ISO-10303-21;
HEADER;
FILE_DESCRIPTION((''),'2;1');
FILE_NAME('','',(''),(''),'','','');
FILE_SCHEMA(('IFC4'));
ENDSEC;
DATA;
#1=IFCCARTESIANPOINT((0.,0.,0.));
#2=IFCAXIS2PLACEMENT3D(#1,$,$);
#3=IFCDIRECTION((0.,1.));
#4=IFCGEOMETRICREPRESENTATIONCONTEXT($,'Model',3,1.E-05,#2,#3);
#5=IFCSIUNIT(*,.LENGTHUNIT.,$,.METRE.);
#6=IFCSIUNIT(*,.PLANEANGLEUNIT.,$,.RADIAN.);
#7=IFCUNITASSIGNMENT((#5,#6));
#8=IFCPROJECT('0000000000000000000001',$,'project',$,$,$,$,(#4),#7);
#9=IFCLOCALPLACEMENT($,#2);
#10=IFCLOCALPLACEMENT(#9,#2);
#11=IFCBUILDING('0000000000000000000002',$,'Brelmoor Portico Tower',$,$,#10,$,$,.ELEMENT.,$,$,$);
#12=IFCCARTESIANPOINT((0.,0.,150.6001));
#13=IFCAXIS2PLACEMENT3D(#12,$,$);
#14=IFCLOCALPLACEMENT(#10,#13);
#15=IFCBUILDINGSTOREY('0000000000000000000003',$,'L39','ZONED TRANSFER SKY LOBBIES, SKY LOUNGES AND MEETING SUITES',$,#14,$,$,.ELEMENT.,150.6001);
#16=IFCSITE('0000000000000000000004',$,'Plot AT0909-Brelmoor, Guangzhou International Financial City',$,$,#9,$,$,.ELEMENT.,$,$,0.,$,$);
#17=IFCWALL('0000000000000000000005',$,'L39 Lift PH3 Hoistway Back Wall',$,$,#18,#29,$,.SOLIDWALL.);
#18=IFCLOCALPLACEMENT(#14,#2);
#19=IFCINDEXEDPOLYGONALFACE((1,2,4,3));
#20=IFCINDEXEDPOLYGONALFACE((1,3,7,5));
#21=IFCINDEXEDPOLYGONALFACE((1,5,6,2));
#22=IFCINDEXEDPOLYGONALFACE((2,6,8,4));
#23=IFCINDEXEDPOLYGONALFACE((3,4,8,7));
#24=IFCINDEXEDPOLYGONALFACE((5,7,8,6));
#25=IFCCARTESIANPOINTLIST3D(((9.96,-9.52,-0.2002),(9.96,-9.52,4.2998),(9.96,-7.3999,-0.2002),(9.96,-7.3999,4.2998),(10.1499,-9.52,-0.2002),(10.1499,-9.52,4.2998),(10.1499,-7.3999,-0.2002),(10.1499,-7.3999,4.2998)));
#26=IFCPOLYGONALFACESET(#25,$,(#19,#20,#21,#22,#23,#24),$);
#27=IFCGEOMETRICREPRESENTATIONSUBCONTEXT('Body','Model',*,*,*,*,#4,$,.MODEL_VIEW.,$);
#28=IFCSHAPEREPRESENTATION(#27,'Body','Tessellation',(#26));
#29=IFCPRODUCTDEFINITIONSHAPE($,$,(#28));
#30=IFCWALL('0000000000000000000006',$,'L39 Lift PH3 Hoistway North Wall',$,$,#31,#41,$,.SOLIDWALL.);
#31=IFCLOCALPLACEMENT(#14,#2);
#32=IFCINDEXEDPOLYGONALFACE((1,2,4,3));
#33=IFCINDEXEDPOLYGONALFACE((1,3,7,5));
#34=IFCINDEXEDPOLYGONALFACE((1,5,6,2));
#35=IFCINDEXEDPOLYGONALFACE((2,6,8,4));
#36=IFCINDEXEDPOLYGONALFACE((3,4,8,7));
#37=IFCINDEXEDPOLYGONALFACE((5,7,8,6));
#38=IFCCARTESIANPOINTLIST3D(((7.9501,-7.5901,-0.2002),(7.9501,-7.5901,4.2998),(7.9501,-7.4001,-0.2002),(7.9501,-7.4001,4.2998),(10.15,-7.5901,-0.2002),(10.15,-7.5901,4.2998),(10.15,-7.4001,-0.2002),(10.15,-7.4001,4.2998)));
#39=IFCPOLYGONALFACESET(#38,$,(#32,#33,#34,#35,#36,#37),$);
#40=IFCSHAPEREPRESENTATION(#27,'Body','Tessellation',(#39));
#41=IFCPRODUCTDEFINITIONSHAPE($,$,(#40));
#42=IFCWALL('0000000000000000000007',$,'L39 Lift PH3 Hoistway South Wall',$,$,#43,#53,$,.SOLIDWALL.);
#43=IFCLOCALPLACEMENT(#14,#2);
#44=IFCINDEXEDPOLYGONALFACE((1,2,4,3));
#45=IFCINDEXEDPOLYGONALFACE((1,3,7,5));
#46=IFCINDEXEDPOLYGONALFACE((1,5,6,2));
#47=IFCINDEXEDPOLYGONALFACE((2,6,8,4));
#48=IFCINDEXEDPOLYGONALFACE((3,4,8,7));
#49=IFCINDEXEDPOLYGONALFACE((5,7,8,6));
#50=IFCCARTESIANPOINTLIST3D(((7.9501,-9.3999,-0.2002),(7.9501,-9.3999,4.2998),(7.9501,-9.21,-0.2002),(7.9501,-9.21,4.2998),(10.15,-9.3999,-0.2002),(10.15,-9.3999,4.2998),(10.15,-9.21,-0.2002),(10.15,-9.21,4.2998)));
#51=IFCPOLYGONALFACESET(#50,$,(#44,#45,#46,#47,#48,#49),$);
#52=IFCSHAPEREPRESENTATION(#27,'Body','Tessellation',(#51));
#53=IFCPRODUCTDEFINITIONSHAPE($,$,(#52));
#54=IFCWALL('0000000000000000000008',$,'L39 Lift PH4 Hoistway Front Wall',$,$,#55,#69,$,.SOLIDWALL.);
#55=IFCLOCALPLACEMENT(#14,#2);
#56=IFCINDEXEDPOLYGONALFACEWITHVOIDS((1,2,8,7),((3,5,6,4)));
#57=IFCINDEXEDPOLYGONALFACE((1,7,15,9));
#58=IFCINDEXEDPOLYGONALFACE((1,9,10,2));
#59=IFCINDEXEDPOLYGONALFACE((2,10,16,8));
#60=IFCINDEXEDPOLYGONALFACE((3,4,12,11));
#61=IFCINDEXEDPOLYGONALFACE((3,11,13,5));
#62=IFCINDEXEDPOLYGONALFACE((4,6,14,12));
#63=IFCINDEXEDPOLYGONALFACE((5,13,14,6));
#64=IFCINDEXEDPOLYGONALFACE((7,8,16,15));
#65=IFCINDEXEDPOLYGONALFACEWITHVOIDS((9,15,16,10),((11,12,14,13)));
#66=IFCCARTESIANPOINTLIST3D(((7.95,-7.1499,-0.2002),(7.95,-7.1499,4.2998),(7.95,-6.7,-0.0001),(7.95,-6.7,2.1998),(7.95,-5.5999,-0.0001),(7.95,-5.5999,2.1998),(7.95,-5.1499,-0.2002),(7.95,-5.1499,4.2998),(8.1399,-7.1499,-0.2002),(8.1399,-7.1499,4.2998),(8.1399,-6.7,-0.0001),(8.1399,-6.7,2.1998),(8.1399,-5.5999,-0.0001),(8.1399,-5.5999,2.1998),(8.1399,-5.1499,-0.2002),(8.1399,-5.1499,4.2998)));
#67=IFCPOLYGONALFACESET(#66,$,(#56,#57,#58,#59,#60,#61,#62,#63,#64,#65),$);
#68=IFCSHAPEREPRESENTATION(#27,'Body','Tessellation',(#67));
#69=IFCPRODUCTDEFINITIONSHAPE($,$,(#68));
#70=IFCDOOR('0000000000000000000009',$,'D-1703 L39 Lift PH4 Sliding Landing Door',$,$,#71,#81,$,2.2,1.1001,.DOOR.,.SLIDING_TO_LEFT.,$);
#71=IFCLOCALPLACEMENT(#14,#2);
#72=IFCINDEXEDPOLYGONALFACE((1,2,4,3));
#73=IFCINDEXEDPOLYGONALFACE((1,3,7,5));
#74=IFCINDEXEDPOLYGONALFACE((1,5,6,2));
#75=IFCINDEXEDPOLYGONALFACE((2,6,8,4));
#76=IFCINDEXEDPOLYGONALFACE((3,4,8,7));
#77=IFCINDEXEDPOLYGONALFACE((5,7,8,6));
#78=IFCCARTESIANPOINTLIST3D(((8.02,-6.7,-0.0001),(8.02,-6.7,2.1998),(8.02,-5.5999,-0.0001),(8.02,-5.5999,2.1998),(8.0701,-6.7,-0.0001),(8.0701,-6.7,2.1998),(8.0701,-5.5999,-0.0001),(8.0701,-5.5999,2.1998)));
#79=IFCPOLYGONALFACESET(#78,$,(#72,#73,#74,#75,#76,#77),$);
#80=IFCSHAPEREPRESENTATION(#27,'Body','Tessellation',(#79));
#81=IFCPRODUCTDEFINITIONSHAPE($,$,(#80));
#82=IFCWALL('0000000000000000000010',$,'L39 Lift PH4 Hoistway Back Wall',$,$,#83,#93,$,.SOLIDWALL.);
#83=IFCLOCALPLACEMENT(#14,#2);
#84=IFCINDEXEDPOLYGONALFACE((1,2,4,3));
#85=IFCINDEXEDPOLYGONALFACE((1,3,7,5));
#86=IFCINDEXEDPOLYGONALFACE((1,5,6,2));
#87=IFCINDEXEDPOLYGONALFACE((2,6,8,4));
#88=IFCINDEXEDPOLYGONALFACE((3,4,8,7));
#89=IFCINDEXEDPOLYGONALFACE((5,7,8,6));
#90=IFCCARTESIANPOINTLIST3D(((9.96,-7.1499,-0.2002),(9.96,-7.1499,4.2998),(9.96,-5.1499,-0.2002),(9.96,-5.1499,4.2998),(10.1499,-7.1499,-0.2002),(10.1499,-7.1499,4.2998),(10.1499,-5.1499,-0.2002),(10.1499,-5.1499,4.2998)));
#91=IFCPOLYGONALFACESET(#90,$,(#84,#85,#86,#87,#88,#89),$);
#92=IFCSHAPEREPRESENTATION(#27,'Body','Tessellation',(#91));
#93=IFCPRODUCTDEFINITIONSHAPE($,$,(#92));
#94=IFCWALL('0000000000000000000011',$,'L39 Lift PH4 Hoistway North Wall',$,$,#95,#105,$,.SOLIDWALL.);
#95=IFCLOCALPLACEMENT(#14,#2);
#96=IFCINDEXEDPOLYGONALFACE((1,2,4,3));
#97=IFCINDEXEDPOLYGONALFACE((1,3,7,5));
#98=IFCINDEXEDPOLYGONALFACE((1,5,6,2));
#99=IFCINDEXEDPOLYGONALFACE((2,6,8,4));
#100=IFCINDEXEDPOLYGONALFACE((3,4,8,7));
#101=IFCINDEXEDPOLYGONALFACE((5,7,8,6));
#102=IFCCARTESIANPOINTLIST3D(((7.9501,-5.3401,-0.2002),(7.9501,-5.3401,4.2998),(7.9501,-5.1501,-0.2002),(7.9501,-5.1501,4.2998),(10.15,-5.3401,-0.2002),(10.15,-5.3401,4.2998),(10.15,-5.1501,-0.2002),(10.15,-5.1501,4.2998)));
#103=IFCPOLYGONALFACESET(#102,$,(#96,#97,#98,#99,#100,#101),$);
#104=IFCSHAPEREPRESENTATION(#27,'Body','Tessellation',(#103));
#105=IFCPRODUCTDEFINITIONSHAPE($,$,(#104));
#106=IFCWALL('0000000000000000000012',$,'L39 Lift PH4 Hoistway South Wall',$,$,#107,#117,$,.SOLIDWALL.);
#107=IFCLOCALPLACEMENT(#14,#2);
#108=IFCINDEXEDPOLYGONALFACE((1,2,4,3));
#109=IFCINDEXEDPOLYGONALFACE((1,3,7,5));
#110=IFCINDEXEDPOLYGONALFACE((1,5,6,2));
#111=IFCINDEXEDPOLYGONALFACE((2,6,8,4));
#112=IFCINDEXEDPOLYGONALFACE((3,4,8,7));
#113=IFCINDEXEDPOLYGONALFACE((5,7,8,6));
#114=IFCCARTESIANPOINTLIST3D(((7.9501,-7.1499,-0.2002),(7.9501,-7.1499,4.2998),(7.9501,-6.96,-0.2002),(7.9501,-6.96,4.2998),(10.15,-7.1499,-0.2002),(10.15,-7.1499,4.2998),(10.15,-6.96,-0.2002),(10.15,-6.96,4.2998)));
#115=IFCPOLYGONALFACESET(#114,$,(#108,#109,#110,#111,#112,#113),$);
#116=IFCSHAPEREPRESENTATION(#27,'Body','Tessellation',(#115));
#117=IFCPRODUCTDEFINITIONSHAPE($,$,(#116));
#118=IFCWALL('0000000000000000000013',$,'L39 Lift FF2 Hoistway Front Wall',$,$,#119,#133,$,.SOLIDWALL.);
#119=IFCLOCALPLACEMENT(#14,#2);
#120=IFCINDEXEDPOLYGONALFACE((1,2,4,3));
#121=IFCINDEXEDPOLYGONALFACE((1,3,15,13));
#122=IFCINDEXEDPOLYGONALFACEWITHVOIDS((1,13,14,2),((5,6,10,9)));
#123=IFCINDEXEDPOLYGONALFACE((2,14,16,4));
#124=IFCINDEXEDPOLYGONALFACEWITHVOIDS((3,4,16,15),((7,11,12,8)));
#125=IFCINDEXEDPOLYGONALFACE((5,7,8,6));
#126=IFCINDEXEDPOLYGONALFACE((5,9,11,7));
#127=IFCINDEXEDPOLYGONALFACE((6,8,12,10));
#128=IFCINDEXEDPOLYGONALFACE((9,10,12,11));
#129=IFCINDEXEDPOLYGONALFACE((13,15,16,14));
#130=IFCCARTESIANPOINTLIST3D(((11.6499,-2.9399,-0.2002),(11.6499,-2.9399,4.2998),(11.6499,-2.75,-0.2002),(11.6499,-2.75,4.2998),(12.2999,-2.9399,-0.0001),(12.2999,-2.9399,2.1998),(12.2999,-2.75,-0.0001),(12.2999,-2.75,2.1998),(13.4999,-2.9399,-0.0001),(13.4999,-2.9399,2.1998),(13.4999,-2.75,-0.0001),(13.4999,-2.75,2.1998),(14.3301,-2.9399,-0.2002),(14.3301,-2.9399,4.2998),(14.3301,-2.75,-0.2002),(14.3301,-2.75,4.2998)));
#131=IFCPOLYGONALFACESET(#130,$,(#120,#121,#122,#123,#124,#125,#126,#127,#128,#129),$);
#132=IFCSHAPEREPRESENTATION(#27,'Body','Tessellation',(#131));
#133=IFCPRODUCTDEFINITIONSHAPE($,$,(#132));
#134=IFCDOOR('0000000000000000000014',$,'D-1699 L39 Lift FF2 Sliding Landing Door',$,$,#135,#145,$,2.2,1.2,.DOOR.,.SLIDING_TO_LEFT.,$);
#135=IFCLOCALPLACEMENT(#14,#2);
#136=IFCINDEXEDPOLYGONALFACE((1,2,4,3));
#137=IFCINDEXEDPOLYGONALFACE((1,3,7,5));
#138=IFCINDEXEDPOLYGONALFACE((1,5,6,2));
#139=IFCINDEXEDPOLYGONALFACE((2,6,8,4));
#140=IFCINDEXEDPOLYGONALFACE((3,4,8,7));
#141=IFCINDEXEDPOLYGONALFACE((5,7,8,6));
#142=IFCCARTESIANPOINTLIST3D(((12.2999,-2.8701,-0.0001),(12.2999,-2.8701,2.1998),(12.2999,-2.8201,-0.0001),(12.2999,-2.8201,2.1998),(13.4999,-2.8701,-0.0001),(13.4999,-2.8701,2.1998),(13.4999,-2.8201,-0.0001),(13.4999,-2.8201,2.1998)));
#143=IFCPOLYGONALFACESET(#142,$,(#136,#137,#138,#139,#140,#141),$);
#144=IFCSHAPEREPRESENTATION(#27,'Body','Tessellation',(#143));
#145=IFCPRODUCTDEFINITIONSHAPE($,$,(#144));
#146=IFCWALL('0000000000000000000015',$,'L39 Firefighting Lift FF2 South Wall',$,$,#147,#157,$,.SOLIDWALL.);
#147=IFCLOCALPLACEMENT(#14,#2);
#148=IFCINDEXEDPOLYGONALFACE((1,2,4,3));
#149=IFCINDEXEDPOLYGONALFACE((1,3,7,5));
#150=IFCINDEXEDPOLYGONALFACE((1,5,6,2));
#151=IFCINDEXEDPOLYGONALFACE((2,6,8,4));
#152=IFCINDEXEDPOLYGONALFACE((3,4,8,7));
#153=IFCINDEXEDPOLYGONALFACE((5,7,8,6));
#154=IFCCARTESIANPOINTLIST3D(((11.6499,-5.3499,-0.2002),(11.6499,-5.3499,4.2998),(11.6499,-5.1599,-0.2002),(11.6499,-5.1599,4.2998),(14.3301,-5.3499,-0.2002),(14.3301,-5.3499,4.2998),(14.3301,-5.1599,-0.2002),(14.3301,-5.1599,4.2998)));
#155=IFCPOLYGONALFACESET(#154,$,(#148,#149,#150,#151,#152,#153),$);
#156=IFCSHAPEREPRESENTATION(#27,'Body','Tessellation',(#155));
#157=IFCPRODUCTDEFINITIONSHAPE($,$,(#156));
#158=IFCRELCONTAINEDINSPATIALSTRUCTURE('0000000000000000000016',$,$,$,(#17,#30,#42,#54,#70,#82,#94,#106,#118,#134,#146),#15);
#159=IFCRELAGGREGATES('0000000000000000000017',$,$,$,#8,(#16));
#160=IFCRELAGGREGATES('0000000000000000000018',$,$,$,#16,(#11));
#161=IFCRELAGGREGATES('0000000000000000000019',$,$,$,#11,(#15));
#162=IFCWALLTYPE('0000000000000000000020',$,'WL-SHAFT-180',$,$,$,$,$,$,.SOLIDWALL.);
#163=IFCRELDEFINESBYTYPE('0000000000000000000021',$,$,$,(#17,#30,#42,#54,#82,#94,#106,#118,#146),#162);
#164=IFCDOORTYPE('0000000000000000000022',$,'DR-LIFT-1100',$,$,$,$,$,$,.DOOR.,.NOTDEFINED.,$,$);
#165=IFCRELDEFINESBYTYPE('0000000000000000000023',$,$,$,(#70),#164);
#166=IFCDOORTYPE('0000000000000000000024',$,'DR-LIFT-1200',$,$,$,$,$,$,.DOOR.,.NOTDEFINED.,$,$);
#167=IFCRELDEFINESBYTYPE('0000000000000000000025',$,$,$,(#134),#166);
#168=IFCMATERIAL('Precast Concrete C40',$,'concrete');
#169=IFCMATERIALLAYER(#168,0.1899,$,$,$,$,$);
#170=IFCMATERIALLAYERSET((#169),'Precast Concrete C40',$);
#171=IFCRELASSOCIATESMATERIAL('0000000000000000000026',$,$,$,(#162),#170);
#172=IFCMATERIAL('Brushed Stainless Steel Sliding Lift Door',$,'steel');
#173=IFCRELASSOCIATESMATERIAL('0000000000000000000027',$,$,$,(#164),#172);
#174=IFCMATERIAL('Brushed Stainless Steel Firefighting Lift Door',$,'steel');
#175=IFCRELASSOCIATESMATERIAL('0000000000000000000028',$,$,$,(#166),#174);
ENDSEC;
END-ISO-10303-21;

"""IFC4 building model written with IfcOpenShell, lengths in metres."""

from ifc_helpers import new_model, si_unit, direction, frame, frame_2d, origin, place, context, subcontext, project, spatial, rectangle, extrude, material, layer, layer_set, type_object, element, fill, save


model = new_model("IFC4")

# Units and contexts
model_context = context("Model", 3, precision=1e-05, world=origin(), true_north=direction((0.0, 1.0)))
body_context = subcontext(model_context, "Body", "Model", "MODEL_VIEW")
ifc_project = project(units=[si_unit("LENGTHUNIT", "METRE"), si_unit("PLANEANGLEUNIT", "RADIAN")], contexts=[model_context])

# Site, building, storey
site_placement = place(None, origin())
site = spatial("IfcSite", under=ifc_project, at=site_placement, Name="Plot AT0909-Brelmoor, Guangzhou International Financial City", CompositionType="ELEMENT", RefElevation=0.0)
building_placement = place(site_placement, origin())
building = spatial("IfcBuilding", under=site, at=building_placement, Name="Brelmoor Portico Tower", CompositionType="ELEMENT")
storey_placement = place(building_placement, frame((0.0, 0.0, 150.6001)))
storey = spatial("IfcBuildingStorey", under=building, at=storey_placement, Name="L39", Description="ZONED TRANSFER SKY LOBBIES, SKY LOUNGES AND MEETING SUITES", CompositionType="ELEMENT", Elevation=150.6001)

# Shared definitions
ifc_material_1 = material(Name="Precast Concrete C40", Category="concrete")
ifc_layer_1 = layer(ifc_material_1, 0.1899)
ifc_layer_set_1 = layer_set([ifc_layer_1], Name="Precast Concrete C40")
wall_type_1 = type_object("IfcWallType", Name="WL-SHAFT-180", PredefinedType="SOLIDWALL", material=ifc_layer_set_1)
ifc_material_2 = material(Name="Brushed Stainless Steel Sliding Lift Door", Category="steel")
door_type_1 = type_object("IfcDoorType", Name="DR-LIFT-1100", OperationType="NOTDEFINED", PredefinedType="DOOR", material=ifc_material_2)

# Walls
wall_1_placement = place(storey_placement, frame((10.0549, -9.52, -0.2002), z_axis=(0.0, 0.0, 1.0), x_axis=(0.0, 1.0, 0.0)))
element("IfcWall", 1, at=wall_1_placement, inside=storey, type_object=wall_type_1, Name="L39 Lift PH3 Hoistway Back Wall", PredefinedType="SOLIDWALL", context=body_context, shape_type="SweptSolid", body=[
    extrude(rectangle(XDim=2.1201, YDim=0.1899, at=frame_2d((1.0601, 0.0))), origin(), (0.0, 0.0, 1.0), 4.5),
])
for number, where, z_axis, x_axis, name in (
    (2, (7.95, -7.4951, -0.2002), (0.0, 0.0, 1.0), (1.0, 0.0, 0.0), "L39 Lift PH3 Hoistway North Wall"),
    (3, (7.95, -9.3049, -0.2002), (0.0, 0.0, 1.0), (1.0, 0.0, 0.0), "L39 Lift PH3 Hoistway South Wall"),
):
    element("IfcWall", number, at=place(storey_placement, frame(where, z_axis=z_axis, x_axis=x_axis)), inside=storey, type_object=wall_type_1, Name=name, PredefinedType="SOLIDWALL", context=body_context, shape_type="SweptSolid", body=[
        extrude(rectangle(XDim=2.2, YDim=0.1899, at=frame_2d((1.1001, 0.0))), origin(), (0.0, 0.0, 1.0), 4.5),
    ])

# Wall, opening, door
wall_2_placement = place(storey_placement, frame((8.0449, -7.1499, -0.2002), z_axis=(0.0, 0.0, 1.0), x_axis=(0.0, 1.0, 0.0)))
wall_2 = element("IfcWall", 4, at=wall_2_placement, inside=storey, type_object=wall_type_1, Name="L39 Lift PH4 Hoistway Front Wall", PredefinedType="SOLIDWALL", context=body_context, shape_type="SweptSolid", body=[
    extrude(rectangle(XDim=2.0, YDim=0.1899, at=frame_2d((1.0, 0.0))), origin(), (0.0, 0.0, 1.0), 4.5),
])
opening_1_placement = place(wall_2_placement, frame((0.45, 0.0, 0.2)))
opening_1 = element("IfcOpeningElement", 5, at=opening_1_placement, cuts=wall_2, PredefinedType="OPENING", context=body_context, shape_type="SweptSolid", body=[
    extrude(rectangle(XDim=1.1001, YDim=2.2, at=frame_2d((0.55, 1.1001))), frame((0.0, 0.105, 0.0), z_axis=(0.0, -1.0, 0.0), x_axis=(1.0, 0.0, 0.0)), (0.0, 0.0, 1.0), 0.21),
])
door_1_placement = place(opening_1_placement, origin())
door_1 = element("IfcDoor", 6, at=door_1_placement, inside=storey, type_object=door_type_1, Name="D-1703 L39 Lift PH4 Sliding Landing Door", OperationType="SLIDING_TO_LEFT", OverallHeight=2.2, OverallWidth=1.1001, PredefinedType="DOOR", context=body_context, shape_type="SweptSolid", body=[
    extrude(rectangle(XDim=1.1001, YDim=2.2, at=frame_2d((0.55, 1.1001))), frame((0.0, 0.0249, 0.0), z_axis=(0.0, -1.0, 0.0), x_axis=(1.0, 0.0, 0.0)), (0.0, 0.0, 1.0), 0.05),
])
fill(opening_1, door_1)

# Walls
wall_3_placement = place(storey_placement, frame((10.0549, -7.1499, -0.2002), z_axis=(0.0, 0.0, 1.0), x_axis=(0.0, 1.0, 0.0)))
element("IfcWall", 7, at=wall_3_placement, inside=storey, type_object=wall_type_1, Name="L39 Lift PH4 Hoistway Back Wall", PredefinedType="SOLIDWALL", context=body_context, shape_type="SweptSolid", body=[
    extrude(rectangle(XDim=2.0, YDim=0.1899, at=frame_2d((1.0, 0.0))), origin(), (0.0, 0.0, 1.0), 4.5),
])
for number, where, z_axis, x_axis, name in (
    (8, (7.95, -5.2451, -0.2002), (0.0, 0.0, 1.0), (1.0, 0.0, 0.0), "L39 Lift PH4 Hoistway North Wall"),
    (9, (7.95, -7.0549, -0.2002), (0.0, 0.0, 1.0), (1.0, 0.0, 0.0), "L39 Lift PH4 Hoistway South Wall"),
):
    element("IfcWall", number, at=place(storey_placement, frame(where, z_axis=z_axis, x_axis=x_axis)), inside=storey, type_object=wall_type_1, Name=name, PredefinedType="SOLIDWALL", context=body_context, shape_type="SweptSolid", body=[
        extrude(rectangle(XDim=2.2, YDim=0.1899, at=frame_2d((1.1001, 0.0))), origin(), (0.0, 0.0, 1.0), 4.5),
    ])

# Wall, opening, door
wall_4_placement = place(storey_placement, frame((11.6499, -2.845, -0.2002), z_axis=(0.0, 0.0, 1.0), x_axis=(1.0, 0.0, 0.0)))
wall_4 = element("IfcWall", 10, at=wall_4_placement, inside=storey, type_object=wall_type_1, Name="L39 Lift FF2 Hoistway Front Wall", PredefinedType="SOLIDWALL", context=body_context, shape_type="SweptSolid", body=[
    extrude(rectangle(XDim=2.6802, YDim=0.1899, at=frame_2d((1.3401, 0.0))), origin(), (0.0, 0.0, 1.0), 4.5),
])
opening_2_placement = place(wall_4_placement, frame((0.6499, 0.0, 0.2)))
opening_2 = element("IfcOpeningElement", 11, at=opening_2_placement, cuts=wall_4, PredefinedType="OPENING", context=body_context, shape_type="SweptSolid", body=[
    extrude(rectangle(XDim=1.2, YDim=2.2, at=frame_2d((0.6001, 1.1001))), frame((0.0, 0.105, 0.0), z_axis=(0.0, -1.0, 0.0), x_axis=(1.0, 0.0, 0.0)), (0.0, 0.0, 1.0), 0.21),
])
ifc_material_3 = material(Name="Brushed Stainless Steel Firefighting Lift Door", Category="steel")
door_type_2 = type_object("IfcDoorType", Name="DR-LIFT-1200", OperationType="NOTDEFINED", PredefinedType="DOOR", material=ifc_material_3)
door_2_placement = place(opening_2_placement, origin())
door_2 = element("IfcDoor", 12, at=door_2_placement, inside=storey, type_object=door_type_2, Name="D-1699 L39 Lift FF2 Sliding Landing Door", OperationType="SLIDING_TO_LEFT", OverallHeight=2.2, OverallWidth=1.2, PredefinedType="DOOR", context=body_context, shape_type="SweptSolid", body=[
    extrude(rectangle(XDim=1.2, YDim=2.2, at=frame_2d((0.6001, 1.1001))), frame((0.0, 0.0249, 0.0), z_axis=(0.0, -1.0, 0.0), x_axis=(1.0, 0.0, 0.0)), (0.0, 0.0, 1.0), 0.05),
])
fill(opening_2, door_2)

# Wall
wall_5_placement = place(storey_placement, frame((11.6499, -5.2549, -0.2002), z_axis=(0.0, 0.0, 1.0), x_axis=(1.0, 0.0, 0.0)))
element("IfcWall", 13, at=wall_5_placement, inside=storey, type_object=wall_type_1, Name="L39 Firefighting Lift FF2 South Wall", PredefinedType="SOLIDWALL", context=body_context, shape_type="SweptSolid", body=[
    extrude(rectangle(XDim=2.6802, YDim=0.1899, at=frame_2d((1.3401, 0.0))), origin(), (0.0, 0.0, 1.0), 4.5),
])

save(model, "model.ifc")
